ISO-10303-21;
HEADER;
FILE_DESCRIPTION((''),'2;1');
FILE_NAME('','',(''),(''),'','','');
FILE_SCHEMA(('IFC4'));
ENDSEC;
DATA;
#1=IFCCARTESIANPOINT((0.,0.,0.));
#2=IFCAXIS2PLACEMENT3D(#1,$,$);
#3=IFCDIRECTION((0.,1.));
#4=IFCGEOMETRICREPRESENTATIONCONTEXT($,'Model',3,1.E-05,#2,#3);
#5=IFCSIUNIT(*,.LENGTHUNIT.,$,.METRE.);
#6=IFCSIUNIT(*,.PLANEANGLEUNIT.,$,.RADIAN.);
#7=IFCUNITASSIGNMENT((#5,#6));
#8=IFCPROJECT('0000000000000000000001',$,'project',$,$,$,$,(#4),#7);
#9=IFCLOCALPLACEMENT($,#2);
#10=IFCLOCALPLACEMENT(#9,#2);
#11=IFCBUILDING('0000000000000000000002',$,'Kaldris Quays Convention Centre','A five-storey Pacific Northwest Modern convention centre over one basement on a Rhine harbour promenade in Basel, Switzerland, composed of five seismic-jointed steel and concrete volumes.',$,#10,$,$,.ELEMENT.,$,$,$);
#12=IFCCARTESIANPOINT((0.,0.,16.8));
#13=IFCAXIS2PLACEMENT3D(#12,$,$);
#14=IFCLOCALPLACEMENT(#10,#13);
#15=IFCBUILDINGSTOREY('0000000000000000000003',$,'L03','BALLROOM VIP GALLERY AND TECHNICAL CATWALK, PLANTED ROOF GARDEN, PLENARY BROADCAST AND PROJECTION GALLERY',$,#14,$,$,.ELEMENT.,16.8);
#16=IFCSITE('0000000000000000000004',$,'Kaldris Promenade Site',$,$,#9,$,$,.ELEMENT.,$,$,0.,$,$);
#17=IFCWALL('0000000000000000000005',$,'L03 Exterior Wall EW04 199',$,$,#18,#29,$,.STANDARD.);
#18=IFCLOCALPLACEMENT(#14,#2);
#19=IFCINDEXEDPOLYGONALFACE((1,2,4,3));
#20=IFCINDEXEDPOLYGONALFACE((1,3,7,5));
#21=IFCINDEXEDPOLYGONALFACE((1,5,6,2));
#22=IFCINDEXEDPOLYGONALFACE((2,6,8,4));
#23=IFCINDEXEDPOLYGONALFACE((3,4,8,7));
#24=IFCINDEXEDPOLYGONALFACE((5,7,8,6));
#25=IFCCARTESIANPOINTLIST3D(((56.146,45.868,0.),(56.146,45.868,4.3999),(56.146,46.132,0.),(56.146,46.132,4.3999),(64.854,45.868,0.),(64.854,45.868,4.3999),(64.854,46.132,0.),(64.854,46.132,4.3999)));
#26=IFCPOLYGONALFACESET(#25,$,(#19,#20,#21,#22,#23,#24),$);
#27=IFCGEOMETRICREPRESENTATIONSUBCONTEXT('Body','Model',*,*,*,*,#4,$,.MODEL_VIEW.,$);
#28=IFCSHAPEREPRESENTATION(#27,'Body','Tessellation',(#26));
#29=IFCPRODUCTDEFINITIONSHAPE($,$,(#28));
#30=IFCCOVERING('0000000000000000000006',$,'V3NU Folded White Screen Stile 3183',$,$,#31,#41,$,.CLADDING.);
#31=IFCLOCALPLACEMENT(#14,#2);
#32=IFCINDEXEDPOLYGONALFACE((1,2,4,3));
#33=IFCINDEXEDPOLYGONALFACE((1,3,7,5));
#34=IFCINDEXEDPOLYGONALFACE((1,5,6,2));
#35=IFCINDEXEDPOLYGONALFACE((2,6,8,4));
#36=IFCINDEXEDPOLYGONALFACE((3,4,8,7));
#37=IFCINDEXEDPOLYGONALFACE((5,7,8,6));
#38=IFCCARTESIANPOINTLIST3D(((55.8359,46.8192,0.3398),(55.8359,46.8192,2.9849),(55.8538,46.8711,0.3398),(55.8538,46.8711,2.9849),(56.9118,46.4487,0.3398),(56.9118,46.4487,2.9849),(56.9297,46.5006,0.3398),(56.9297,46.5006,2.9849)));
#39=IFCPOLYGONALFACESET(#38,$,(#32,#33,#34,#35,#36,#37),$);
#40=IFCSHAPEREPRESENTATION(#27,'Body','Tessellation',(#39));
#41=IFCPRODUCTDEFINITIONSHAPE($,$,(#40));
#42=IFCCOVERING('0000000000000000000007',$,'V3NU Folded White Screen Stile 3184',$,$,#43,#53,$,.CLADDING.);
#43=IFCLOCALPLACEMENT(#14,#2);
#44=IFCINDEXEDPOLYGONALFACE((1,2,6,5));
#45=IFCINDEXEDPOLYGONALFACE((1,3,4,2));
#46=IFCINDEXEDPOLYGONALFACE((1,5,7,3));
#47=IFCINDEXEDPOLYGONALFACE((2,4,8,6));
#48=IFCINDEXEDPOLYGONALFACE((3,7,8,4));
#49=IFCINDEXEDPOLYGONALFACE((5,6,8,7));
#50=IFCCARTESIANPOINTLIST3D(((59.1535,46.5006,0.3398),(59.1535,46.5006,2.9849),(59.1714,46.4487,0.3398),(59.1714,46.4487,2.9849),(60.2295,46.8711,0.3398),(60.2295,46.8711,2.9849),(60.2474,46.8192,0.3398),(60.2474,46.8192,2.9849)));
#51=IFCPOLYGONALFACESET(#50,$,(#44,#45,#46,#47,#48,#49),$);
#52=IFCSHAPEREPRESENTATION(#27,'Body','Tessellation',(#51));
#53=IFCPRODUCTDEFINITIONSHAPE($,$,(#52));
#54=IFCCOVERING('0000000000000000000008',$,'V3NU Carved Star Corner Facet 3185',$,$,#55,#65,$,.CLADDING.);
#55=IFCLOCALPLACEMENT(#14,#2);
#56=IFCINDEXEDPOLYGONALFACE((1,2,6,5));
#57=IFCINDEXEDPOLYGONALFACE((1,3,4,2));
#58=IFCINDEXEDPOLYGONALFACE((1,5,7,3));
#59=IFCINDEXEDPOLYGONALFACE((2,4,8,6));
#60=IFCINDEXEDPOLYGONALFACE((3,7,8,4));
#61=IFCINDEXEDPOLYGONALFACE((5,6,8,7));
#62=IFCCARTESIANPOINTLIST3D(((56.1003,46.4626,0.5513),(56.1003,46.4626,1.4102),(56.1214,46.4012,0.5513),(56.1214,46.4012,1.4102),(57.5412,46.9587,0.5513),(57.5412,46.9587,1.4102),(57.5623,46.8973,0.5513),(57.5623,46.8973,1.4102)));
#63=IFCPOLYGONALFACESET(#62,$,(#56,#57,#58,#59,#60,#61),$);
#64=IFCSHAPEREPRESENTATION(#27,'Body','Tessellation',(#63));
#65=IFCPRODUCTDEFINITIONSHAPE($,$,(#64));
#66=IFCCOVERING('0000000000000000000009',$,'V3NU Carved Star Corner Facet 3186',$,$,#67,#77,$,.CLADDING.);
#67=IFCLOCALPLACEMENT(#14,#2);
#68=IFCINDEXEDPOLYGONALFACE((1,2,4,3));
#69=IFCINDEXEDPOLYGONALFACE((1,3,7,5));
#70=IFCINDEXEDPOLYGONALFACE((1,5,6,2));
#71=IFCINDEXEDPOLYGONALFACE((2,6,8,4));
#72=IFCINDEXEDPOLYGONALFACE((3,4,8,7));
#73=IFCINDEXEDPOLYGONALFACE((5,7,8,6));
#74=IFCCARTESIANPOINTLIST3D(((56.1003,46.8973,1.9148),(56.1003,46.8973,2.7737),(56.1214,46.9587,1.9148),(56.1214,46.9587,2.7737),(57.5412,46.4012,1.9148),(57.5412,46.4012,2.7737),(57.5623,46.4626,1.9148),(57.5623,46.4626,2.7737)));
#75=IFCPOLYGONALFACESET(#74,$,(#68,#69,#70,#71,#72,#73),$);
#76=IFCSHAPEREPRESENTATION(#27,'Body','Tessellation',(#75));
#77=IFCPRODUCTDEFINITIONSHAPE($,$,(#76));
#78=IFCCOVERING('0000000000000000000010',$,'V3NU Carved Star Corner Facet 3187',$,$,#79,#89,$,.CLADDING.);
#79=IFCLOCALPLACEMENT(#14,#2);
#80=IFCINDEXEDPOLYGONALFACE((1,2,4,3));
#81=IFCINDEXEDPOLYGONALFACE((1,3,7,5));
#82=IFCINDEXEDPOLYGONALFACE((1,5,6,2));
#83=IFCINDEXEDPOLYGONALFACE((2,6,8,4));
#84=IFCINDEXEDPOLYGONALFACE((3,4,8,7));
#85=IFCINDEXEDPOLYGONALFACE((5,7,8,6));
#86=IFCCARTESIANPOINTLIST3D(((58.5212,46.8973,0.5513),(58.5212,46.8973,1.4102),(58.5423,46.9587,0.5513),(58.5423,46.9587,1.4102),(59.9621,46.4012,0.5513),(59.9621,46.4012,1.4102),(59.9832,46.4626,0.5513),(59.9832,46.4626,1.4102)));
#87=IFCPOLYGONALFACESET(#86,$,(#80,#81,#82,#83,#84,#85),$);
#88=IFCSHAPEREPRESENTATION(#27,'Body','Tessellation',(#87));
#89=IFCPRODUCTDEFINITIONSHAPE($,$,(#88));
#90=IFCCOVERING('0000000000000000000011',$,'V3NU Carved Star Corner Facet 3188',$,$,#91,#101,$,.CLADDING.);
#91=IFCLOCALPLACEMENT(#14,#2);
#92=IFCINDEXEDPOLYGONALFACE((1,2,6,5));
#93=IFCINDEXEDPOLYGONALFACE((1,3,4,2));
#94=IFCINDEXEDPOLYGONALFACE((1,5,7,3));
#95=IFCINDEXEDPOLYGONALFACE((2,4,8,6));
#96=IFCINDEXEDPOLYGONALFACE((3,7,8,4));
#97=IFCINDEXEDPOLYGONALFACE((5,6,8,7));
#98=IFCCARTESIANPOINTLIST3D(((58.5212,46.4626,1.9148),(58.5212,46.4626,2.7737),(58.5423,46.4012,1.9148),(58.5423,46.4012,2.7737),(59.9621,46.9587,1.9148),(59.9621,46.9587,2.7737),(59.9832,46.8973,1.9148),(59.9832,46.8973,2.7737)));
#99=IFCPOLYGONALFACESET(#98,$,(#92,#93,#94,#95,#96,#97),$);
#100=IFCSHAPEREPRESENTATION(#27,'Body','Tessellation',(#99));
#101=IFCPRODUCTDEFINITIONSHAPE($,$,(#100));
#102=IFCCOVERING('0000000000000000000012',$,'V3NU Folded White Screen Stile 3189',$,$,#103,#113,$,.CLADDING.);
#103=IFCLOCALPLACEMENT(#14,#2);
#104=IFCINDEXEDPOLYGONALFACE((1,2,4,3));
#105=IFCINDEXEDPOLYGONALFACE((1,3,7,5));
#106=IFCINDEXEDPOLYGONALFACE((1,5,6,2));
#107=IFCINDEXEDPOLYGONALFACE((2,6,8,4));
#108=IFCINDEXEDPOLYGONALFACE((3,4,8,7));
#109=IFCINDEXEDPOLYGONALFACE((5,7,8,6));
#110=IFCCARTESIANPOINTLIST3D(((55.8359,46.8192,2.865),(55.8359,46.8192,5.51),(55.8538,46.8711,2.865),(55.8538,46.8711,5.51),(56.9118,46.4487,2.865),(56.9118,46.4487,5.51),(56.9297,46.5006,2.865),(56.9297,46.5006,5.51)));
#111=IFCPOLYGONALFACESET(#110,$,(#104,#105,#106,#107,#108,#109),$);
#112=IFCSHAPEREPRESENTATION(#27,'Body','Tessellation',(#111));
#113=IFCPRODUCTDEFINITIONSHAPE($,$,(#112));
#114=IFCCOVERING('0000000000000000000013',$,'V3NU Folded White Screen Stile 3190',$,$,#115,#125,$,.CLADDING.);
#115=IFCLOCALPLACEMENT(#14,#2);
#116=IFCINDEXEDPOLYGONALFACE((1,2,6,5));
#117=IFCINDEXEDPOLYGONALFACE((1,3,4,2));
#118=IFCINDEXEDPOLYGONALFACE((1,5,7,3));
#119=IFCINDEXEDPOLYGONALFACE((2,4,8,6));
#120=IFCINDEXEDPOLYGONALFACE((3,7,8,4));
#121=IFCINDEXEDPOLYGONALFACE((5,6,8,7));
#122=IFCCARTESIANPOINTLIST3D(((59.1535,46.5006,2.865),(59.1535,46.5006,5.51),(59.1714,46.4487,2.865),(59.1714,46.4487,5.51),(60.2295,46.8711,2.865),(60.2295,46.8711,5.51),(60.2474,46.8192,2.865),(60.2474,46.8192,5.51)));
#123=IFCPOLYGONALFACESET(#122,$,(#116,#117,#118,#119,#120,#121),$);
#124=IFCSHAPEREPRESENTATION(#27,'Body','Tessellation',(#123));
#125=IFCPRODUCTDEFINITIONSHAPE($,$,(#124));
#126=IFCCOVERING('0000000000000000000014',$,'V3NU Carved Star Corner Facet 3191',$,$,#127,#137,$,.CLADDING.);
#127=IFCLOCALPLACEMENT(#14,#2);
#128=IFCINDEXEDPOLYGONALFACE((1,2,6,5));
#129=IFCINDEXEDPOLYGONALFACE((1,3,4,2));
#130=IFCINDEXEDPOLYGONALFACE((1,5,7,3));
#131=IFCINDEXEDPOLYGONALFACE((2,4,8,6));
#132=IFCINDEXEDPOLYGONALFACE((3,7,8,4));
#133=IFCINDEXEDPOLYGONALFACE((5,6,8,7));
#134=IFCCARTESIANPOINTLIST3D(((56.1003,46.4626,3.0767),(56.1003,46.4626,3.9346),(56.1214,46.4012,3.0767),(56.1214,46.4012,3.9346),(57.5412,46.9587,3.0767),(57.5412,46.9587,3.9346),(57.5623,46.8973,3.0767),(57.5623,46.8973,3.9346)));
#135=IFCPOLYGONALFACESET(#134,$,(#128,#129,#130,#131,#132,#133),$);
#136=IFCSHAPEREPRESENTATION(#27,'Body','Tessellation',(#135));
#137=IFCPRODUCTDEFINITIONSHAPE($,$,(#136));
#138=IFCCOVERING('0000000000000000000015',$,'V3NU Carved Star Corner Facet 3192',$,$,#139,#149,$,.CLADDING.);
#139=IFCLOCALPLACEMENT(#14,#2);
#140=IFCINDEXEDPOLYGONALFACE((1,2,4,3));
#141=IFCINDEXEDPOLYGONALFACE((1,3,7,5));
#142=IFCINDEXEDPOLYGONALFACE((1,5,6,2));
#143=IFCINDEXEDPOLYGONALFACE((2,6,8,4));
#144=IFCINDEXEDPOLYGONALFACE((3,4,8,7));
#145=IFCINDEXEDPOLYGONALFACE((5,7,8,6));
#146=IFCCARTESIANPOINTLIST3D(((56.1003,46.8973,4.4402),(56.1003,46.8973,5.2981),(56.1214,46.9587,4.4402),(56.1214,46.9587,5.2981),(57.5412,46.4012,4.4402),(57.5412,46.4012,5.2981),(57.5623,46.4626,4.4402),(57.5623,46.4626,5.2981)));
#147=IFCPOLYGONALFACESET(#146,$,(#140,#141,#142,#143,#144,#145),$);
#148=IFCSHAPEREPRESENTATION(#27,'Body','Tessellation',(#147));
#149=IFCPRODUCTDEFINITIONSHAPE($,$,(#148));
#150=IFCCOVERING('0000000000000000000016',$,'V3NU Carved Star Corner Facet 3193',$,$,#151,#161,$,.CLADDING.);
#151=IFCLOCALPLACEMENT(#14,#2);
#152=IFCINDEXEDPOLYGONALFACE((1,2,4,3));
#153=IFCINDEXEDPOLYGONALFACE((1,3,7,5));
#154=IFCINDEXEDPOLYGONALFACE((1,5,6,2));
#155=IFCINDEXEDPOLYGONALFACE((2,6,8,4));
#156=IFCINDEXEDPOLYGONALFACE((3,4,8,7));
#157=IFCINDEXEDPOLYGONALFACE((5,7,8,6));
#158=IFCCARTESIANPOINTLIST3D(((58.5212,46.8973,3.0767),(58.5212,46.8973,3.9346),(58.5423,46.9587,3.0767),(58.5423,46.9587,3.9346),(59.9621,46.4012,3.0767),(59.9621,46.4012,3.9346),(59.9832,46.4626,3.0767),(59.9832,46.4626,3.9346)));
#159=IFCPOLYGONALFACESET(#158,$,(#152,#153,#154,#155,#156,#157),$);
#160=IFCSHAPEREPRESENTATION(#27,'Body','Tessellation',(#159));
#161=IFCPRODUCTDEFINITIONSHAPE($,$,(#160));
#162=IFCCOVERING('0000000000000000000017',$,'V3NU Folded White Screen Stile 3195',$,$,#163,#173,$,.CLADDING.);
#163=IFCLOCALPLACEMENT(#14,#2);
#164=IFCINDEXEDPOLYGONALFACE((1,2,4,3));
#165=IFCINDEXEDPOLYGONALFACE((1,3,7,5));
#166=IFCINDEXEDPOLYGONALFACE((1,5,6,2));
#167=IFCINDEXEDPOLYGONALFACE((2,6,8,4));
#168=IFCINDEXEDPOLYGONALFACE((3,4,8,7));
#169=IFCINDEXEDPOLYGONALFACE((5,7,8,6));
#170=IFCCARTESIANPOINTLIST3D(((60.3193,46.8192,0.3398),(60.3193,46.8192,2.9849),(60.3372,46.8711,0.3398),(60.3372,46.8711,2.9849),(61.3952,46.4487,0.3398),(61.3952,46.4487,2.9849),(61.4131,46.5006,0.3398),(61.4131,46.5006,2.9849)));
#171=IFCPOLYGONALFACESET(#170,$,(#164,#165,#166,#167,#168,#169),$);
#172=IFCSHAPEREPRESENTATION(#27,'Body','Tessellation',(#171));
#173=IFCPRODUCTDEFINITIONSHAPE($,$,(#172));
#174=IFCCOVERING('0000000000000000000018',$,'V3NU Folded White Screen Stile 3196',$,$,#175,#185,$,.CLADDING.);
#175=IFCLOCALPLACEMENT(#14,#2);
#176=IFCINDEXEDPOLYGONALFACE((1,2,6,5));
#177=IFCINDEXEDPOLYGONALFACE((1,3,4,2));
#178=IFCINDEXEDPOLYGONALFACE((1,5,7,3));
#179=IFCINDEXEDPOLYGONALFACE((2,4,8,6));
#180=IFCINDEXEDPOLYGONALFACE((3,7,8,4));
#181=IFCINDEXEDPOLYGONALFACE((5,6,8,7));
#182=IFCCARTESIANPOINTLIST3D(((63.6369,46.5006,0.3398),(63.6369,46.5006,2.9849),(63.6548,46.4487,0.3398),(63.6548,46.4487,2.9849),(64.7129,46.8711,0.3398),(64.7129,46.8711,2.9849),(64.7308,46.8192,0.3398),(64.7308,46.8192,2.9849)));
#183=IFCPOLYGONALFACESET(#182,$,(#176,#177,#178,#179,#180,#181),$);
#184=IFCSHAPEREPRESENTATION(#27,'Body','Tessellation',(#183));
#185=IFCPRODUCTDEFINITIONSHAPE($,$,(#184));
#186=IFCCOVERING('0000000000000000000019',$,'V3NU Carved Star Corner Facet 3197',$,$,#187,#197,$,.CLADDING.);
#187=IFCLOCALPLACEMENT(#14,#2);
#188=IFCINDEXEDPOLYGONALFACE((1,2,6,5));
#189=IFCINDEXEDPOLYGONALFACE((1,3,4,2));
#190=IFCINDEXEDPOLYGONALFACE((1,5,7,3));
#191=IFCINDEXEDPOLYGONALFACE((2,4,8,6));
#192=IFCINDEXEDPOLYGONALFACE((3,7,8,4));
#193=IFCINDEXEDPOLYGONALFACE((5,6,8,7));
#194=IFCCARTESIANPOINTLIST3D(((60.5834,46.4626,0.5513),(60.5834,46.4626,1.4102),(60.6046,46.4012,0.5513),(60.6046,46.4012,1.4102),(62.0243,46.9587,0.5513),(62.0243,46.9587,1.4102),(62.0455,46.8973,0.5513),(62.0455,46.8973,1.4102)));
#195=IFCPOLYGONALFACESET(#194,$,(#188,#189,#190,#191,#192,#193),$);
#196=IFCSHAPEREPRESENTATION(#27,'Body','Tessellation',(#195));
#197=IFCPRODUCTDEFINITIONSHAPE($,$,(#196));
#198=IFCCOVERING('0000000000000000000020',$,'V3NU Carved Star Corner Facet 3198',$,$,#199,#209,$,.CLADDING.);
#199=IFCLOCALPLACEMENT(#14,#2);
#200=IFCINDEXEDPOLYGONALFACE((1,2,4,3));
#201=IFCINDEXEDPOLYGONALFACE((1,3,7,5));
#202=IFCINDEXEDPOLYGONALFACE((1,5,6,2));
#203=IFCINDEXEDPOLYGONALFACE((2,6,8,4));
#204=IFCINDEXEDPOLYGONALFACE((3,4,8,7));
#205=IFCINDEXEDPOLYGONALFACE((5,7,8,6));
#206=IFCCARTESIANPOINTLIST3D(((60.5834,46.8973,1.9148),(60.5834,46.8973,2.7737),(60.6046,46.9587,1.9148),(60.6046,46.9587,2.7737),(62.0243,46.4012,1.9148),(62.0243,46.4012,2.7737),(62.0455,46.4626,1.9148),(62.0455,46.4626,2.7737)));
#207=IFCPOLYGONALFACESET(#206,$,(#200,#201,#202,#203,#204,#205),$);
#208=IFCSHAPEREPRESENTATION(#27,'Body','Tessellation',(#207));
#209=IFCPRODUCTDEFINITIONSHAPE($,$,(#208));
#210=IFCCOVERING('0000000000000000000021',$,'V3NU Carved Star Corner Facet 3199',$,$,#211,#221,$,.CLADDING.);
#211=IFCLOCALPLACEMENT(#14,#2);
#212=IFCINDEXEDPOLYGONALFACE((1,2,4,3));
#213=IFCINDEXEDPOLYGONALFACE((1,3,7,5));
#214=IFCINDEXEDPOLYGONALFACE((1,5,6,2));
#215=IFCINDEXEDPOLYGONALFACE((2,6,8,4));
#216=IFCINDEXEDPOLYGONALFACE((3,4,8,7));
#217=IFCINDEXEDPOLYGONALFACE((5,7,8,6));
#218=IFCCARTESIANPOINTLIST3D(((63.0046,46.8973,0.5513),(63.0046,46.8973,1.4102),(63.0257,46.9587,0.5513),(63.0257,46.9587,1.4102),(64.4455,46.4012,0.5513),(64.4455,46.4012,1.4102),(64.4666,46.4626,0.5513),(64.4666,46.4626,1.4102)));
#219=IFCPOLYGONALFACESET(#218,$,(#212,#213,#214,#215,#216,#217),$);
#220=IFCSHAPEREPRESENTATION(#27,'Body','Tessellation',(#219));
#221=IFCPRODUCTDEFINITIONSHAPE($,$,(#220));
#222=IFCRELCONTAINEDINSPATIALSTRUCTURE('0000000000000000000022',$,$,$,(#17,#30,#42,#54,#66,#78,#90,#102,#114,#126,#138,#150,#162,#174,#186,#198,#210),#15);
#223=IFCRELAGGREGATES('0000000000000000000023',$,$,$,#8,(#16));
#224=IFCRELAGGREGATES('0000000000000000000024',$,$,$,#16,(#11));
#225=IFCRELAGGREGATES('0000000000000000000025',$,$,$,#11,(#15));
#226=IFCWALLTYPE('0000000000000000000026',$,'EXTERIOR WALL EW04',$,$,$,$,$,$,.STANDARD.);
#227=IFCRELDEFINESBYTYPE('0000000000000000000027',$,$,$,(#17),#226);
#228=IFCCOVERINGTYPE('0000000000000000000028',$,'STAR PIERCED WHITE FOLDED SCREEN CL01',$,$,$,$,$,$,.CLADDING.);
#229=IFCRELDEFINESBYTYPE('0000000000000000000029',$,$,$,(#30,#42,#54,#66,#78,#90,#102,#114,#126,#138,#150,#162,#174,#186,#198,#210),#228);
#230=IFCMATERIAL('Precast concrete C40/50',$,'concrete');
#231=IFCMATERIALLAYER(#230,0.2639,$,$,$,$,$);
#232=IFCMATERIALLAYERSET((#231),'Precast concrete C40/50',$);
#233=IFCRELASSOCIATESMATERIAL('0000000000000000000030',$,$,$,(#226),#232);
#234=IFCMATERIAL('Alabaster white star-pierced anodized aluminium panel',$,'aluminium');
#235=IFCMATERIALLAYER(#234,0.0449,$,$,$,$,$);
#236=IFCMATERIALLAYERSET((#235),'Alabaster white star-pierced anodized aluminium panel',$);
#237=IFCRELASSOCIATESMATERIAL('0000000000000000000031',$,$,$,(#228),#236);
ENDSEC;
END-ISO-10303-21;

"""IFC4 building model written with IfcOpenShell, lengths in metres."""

from ifc_helpers import new_model, si_unit, direction, frame, frame_2d, origin, origin_2d, place, context, subcontext, project, spatial, rectangle, extrude, material, layer, layer_set, type_object, element, save


model = new_model("IFC4")

# Units and contexts
model_context = context("Model", 3, precision=1e-05, world=origin(), true_north=direction((0.0, 1.0)))
body_context = subcontext(model_context, "Body", "Model", "MODEL_VIEW")
ifc_project = project(units=[si_unit("LENGTHUNIT", "METRE"), si_unit("PLANEANGLEUNIT", "RADIAN")], contexts=[model_context])

# Site, building, storey
site_placement = place(None, origin())
site = spatial("IfcSite", under=ifc_project, at=site_placement, Name="Kaldris Promenade Site", CompositionType="ELEMENT", RefElevation=0.0)
building_placement = place(site_placement, origin())
building = spatial("IfcBuilding", under=site, at=building_placement, Name="Kaldris Quays Convention Centre", Description="A five-storey Pacific Northwest Modern convention centre over one basement on a Rhine harbour promenade in Basel, Switzerland, composed of five seismic-jointed steel and concrete volumes.", CompositionType="ELEMENT")
storey_placement = place(building_placement, frame((0.0, 0.0, 16.8)))
storey = spatial("IfcBuildingStorey", under=building, at=storey_placement, Name="L03", Description="BALLROOM VIP GALLERY AND TECHNICAL CATWALK, PLANTED ROOF GARDEN, PLENARY BROADCAST AND PROJECTION GALLERY", CompositionType="ELEMENT", Elevation=16.8)

# Wall
ifc_material_1 = material(Name="Precast concrete C40/50", Category="concrete")
ifc_layer_1 = layer(ifc_material_1, 0.2639)
ifc_layer_set_1 = layer_set([ifc_layer_1], Name="Precast concrete C40/50")
wall_type = type_object("IfcWallType", Name="EXTERIOR WALL EW04", PredefinedType="STANDARD", material=ifc_layer_set_1)
wall_placement = place(storey_placement, frame((56.146, 46.0, 0.0), z_axis=(0.0, 0.0, 1.0), x_axis=(1.0, 0.0, 0.0)))
element("IfcWall", 1, at=wall_placement, inside=storey, type_object=wall_type, Name="L03 Exterior Wall EW04 199", PredefinedType="STANDARD", context=body_context, shape_type="SweptSolid", body=[
    extrude(rectangle(XDim=8.708, YDim=0.2639, at=frame_2d((4.354, 0.0))), origin(), (0.0, 0.0, 1.0), 4.3999),
])

# Coverings
ifc_material_2 = material(Name="Alabaster white star-pierced anodized aluminium panel", Category="aluminium")
ifc_layer_2 = layer(ifc_material_2, 0.0449)
ifc_layer_set_2 = layer_set([ifc_layer_2], Name="Alabaster white star-pierced anodized aluminium panel")
covering_type = type_object("IfcCoveringType", Name="STAR PIERCED WHITE FOLDED SCREEN CL01", PredefinedType="CLADDING", material=ifc_layer_set_2)
for number, where, z_axis, x_axis, name in (
    (2, (56.3828, 46.6599, 0.3398), (0.0, 0.0, 1.0), (0.945519, -0.325568, 0.0), "V3NU Folded White Screen Stile 3183"),
    (3, (59.7004, 46.6599, 0.3398), (0.0, 0.0, 1.0), (0.945519, 0.325568, 0.0), "V3NU Folded White Screen Stile 3184"),
):
    element("IfcCovering", number, at=place(storey_placement, frame(where, z_axis=z_axis, x_axis=x_axis)), inside=storey, type_object=covering_type, Name=name, PredefinedType="CLADDING", context=body_context, shape_type="SweptSolid", body=[
        extrude(rectangle(XDim=1.1379, YDim=0.0549, at=origin_2d()), origin(), (0.0, 0.0, 1.0), 2.645),
    ])
for number, where, z_axis, x_axis, name in (
    (4, (56.8313, 46.6799, 0.5513), (0.0, 0.0, 1.0), (0.945519, 0.325568, 0.0), "V3NU Carved Star Corner Facet 3185"),
    (5, (56.8313, 46.6799, 1.9148), (0.0, 0.0, 1.0), (0.945519, -0.325568, 0.0), "V3NU Carved Star Corner Facet 3186"),
    (6, (59.2522, 46.6799, 0.5513), (0.0, 0.0, 1.0), (0.945519, -0.325568, 0.0), "V3NU Carved Star Corner Facet 3187"),
    (7, (59.2522, 46.6799, 1.9148), (0.0, 0.0, 1.0), (0.945519, 0.325568, 0.0), "V3NU Carved Star Corner Facet 3188"),
):
    element("IfcCovering", number, at=place(storey_placement, frame(where, z_axis=z_axis, x_axis=x_axis)), inside=storey, type_object=covering_type, Name=name, PredefinedType="CLADDING", context=body_context, shape_type="SweptSolid", body=[
        extrude(rectangle(XDim=1.5239, YDim=0.0649, at=origin_2d()), origin(), (0.0, 0.0, 1.0), 0.8589),
    ])
for number, where, z_axis, x_axis, name in (
    (8, (56.3828, 46.6599, 2.865), (0.0, 0.0, 1.0), (0.945519, -0.325568, 0.0), "V3NU Folded White Screen Stile 3189"),
    (9, (59.7004, 46.6599, 2.865), (0.0, 0.0, 1.0), (0.945519, 0.325568, 0.0), "V3NU Folded White Screen Stile 3190"),
):
    element("IfcCovering", number, at=place(storey_placement, frame(where, z_axis=z_axis, x_axis=x_axis)), inside=storey, type_object=covering_type, Name=name, PredefinedType="CLADDING", context=body_context, shape_type="SweptSolid", body=[
        extrude(rectangle(XDim=1.1379, YDim=0.0549, at=origin_2d()), origin(), (0.0, 0.0, 1.0), 2.645),
    ])
for number, where, z_axis, x_axis, name in (
    (10, (56.8313, 46.6799, 3.0767), (0.0, 0.0, 1.0), (0.945519, 0.325568, 0.0), "V3NU Carved Star Corner Facet 3191"),
    (11, (56.8313, 46.6799, 4.4402), (0.0, 0.0, 1.0), (0.945519, -0.325568, 0.0), "V3NU Carved Star Corner Facet 3192"),
    (12, (59.2522, 46.6799, 3.0767), (0.0, 0.0, 1.0), (0.945519, -0.325568, 0.0), "V3NU Carved Star Corner Facet 3193"),
):
    element("IfcCovering", number, at=place(storey_placement, frame(where, z_axis=z_axis, x_axis=x_axis)), inside=storey, type_object=covering_type, Name=name, PredefinedType="CLADDING", context=body_context, shape_type="SweptSolid", body=[
        extrude(rectangle(XDim=1.5239, YDim=0.0649, at=origin_2d()), origin(), (0.0, 0.0, 1.0), 0.8579),
    ])
for number, where, z_axis, x_axis, name in (
    (13, (60.8662, 46.6599, 0.3398), (0.0, 0.0, 1.0), (0.945519, -0.325568, 0.0), "V3NU Folded White Screen Stile 3195"),
    (14, (64.1838, 46.6599, 0.3398), (0.0, 0.0, 1.0), (0.945519, 0.325568, 0.0), "V3NU Folded White Screen Stile 3196"),
):
    element("IfcCovering", number, at=place(storey_placement, frame(where, z_axis=z_axis, x_axis=x_axis)), inside=storey, type_object=covering_type, Name=name, PredefinedType="CLADDING", context=body_context, shape_type="SweptSolid", body=[
        extrude(rectangle(XDim=1.1379, YDim=0.0549, at=origin_2d()), origin(), (0.0, 0.0, 1.0), 2.645),
    ])
for number, where, z_axis, x_axis, name in (
    (15, (61.3145, 46.6799, 0.5513), (0.0, 0.0, 1.0), (0.945519, 0.325568, 0.0), "V3NU Carved Star Corner Facet 3197"),
    (16, (61.3145, 46.6799, 1.9148), (0.0, 0.0, 1.0), (0.945519, -0.325568, 0.0), "V3NU Carved Star Corner Facet 3198"),
    (17, (63.7356, 46.6799, 0.5513), (0.0, 0.0, 1.0), (0.945519, -0.325568, 0.0), "V3NU Carved Star Corner Facet 3199"),
):
    element("IfcCovering", number, at=place(storey_placement, frame(where, z_axis=z_axis, x_axis=x_axis)), inside=storey, type_object=covering_type, Name=name, PredefinedType="CLADDING", context=body_context, shape_type="SweptSolid", body=[
        extrude(rectangle(XDim=1.5239, YDim=0.0649, at=origin_2d()), origin(), (0.0, 0.0, 1.0), 0.8589),
    ])

save(model, "model.ifc")
